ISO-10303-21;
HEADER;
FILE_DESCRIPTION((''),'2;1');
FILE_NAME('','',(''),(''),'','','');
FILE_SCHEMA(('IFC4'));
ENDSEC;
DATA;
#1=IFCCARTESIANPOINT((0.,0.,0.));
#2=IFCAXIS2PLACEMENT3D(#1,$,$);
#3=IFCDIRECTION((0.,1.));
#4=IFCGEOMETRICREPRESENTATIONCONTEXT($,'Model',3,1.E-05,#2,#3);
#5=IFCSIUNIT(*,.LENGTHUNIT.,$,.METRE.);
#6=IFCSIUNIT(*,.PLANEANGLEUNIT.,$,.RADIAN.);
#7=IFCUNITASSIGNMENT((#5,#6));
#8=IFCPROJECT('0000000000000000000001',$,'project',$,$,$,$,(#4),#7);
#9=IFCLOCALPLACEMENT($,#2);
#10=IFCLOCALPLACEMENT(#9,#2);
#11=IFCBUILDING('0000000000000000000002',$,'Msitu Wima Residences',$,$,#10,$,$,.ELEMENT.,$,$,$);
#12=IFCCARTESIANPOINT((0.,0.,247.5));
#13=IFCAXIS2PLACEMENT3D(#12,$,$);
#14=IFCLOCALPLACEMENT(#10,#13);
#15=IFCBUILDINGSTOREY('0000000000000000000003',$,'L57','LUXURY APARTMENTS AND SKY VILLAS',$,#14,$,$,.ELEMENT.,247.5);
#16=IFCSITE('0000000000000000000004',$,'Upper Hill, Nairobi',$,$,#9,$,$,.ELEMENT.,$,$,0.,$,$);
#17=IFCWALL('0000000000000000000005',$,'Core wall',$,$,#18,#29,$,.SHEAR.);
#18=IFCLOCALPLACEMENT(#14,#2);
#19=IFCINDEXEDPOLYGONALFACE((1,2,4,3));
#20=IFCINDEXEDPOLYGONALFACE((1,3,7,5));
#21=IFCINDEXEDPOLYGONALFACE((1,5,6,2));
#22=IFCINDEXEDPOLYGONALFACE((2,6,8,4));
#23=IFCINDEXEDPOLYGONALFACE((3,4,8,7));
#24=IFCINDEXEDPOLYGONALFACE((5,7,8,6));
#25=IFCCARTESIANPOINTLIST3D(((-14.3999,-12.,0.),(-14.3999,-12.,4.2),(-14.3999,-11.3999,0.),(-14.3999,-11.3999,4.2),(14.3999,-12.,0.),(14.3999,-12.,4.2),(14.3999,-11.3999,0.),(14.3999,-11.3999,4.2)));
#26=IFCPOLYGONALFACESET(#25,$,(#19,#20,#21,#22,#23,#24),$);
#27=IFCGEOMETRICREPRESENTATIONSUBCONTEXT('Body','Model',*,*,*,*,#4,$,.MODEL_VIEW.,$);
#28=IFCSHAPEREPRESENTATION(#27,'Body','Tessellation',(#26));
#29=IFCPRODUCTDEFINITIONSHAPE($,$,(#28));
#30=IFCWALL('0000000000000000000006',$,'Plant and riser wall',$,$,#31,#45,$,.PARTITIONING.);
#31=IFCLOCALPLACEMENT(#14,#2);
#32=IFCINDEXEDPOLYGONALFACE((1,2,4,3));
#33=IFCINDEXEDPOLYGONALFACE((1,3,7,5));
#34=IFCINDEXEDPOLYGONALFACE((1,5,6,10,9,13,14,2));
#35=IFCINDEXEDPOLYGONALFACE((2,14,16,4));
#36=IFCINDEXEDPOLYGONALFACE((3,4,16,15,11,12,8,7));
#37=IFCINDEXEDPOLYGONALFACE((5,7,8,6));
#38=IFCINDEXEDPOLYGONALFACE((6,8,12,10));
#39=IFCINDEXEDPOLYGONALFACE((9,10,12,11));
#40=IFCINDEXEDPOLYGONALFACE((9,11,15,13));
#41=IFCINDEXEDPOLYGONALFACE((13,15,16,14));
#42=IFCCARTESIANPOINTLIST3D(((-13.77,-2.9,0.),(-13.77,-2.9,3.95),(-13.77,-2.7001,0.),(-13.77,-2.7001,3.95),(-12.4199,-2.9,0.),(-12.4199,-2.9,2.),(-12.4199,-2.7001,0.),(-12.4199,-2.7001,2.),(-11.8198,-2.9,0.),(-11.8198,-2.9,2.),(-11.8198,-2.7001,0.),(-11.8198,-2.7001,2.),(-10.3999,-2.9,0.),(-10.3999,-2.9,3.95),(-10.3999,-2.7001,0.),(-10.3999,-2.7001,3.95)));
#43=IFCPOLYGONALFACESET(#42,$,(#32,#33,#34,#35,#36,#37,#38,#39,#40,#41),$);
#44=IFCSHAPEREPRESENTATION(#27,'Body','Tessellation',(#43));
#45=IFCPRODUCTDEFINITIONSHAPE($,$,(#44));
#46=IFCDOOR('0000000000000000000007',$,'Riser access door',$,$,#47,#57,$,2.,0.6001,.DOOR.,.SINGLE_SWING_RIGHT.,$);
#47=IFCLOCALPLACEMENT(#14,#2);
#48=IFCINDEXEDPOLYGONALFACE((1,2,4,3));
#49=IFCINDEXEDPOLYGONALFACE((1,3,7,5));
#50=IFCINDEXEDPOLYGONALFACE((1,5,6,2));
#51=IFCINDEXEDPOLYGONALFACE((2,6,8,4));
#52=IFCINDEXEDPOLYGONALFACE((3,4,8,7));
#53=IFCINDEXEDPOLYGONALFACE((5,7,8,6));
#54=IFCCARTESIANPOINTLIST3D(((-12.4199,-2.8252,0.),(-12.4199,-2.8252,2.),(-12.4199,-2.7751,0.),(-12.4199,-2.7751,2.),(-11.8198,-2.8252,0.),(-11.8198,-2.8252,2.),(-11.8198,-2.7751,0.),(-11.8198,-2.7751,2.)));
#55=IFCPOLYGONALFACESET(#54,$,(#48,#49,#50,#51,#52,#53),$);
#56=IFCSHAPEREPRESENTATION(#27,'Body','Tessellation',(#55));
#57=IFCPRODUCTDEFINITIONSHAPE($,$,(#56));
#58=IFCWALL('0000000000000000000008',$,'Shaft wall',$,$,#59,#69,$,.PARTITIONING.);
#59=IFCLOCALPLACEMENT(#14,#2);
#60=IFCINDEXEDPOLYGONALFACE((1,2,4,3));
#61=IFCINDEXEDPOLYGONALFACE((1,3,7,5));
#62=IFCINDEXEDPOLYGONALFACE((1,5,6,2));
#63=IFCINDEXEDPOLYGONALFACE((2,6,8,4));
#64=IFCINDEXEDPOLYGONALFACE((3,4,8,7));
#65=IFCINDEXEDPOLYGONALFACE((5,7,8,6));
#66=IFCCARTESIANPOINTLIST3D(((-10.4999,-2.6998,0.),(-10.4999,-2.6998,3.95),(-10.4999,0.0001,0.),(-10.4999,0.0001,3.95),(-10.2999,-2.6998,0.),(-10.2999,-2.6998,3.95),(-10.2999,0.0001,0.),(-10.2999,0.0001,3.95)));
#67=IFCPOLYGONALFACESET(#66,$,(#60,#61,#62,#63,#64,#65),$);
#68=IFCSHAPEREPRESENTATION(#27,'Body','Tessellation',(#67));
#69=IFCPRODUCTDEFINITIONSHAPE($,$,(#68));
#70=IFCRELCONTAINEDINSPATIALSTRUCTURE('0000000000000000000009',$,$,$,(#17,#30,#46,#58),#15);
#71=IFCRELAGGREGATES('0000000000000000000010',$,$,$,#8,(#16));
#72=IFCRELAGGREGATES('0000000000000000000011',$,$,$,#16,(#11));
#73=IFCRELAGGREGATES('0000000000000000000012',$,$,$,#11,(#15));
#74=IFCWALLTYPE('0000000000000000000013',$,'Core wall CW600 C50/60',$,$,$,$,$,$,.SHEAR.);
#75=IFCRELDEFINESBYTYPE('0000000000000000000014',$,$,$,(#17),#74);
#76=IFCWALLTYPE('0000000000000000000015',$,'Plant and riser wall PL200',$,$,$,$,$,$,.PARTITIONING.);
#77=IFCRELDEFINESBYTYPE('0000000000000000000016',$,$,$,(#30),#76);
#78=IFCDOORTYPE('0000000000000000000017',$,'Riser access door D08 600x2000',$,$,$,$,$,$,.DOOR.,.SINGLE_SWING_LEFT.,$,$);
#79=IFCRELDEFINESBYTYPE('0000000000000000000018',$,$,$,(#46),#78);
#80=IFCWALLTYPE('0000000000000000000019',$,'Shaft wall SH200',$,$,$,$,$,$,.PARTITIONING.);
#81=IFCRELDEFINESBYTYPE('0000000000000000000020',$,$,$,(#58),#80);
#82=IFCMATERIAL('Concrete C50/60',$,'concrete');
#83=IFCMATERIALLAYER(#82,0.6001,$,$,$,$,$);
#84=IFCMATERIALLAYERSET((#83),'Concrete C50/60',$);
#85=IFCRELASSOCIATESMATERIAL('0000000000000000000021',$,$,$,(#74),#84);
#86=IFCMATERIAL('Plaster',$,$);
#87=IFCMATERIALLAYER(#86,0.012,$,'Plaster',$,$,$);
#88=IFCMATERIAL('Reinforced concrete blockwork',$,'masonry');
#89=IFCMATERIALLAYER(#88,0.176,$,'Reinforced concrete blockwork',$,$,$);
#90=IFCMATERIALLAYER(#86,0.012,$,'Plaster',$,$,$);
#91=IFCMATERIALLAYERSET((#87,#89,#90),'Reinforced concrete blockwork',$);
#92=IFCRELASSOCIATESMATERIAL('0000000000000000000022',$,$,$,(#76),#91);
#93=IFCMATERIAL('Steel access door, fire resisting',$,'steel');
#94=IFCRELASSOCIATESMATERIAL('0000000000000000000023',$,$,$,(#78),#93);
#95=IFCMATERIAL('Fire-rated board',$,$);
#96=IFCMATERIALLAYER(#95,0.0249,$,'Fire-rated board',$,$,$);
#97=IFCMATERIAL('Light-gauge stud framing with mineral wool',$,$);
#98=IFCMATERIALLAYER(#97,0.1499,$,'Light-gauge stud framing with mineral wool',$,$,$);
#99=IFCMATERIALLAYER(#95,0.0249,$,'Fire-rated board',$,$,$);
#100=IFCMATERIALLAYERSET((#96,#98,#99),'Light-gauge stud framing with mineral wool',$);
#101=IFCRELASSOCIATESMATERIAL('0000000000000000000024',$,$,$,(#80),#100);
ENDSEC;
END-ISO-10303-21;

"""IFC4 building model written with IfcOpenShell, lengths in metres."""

from ifc_helpers import new_model, si_unit, direction, frame, frame_2d, origin, place, context, subcontext, project, spatial, rectangle, extrude, material, layer, layer_set, type_object, element, fill, save


model = new_model("IFC4")

# Units and contexts
model_context = context("Model", 3, precision=1e-05, world=origin(), true_north=direction((0.0, 1.0)))
body_context = subcontext(model_context, "Body", "Model", "MODEL_VIEW")
ifc_project = project(units=[si_unit("LENGTHUNIT", "METRE"), si_unit("PLANEANGLEUNIT", "RADIAN")], contexts=[model_context])

# Site, building, storey
site_placement = place(None, origin())
site = spatial("IfcSite", under=ifc_project, at=site_placement, Name="Upper Hill, Nairobi", CompositionType="ELEMENT", RefElevation=0.0)
building_placement = place(site_placement, origin())
building = spatial("IfcBuilding", under=site, at=building_placement, Name="Msitu Wima Residences", CompositionType="ELEMENT")
storey_placement = place(building_placement, frame((0.0, 0.0, 247.5)))
storey = spatial("IfcBuildingStorey", under=building, at=storey_placement, Name="L57", Description="LUXURY APARTMENTS AND SKY VILLAS", CompositionType="ELEMENT", Elevation=247.5)

# Wall
ifc_material_1 = material(Name="Concrete C50/60", Category="concrete")
ifc_layer_1 = layer(ifc_material_1, 0.6001)
ifc_layer_set_1 = layer_set([ifc_layer_1], Name="Concrete C50/60")
wall_type_1 = type_object("IfcWallType", Name="Core wall CW600 C50/60", PredefinedType="SHEAR", material=ifc_layer_set_1)
wall_1_placement = place(storey_placement, frame((-14.3999, -11.7, 0.0), z_axis=(0.0, 0.0, 1.0), x_axis=(1.0, 0.0, 0.0)))
element("IfcWall", 1, at=wall_1_placement, inside=storey, type_object=wall_type_1, Name="Core wall", PredefinedType="SHEAR", context=body_context, shape_type="SweptSolid", body=[
    extrude(rectangle(XDim=28.7998, YDim=0.6001, at=frame_2d((14.3999, 0.0))), origin(), (0.0, 0.0, 1.0), 4.2),
])

# Wall, opening, door
ifc_material_2 = material(Name="Plaster")
ifc_layer_2 = layer(ifc_material_2, 0.012, Name="Plaster")
ifc_material_3 = material(Name="Reinforced concrete blockwork", Category="masonry")
ifc_layer_3 = layer(ifc_material_3, 0.176, Name="Reinforced concrete blockwork")
ifc_layer_4 = layer(ifc_material_2, 0.012, Name="Plaster")
ifc_layer_set_2 = layer_set([ifc_layer_2, ifc_layer_3, ifc_layer_4], Name="Reinforced concrete blockwork")
wall_type_2 = type_object("IfcWallType", Name="Plant and riser wall PL200", PredefinedType="PARTITIONING", material=ifc_layer_set_2)
wall_2_placement = place(storey_placement, frame((-13.77, -2.8, 0.0), z_axis=(0.0, 0.0, 1.0), x_axis=(1.0, 0.0, 0.0)))
wall_2 = element("IfcWall", 2, at=wall_2_placement, inside=storey, type_object=wall_type_2, Name="Plant and riser wall", PredefinedType="PARTITIONING", context=body_context, shape_type="SweptSolid", body=[
    extrude(rectangle(XDim=3.3701, YDim=0.2, at=frame_2d((1.6851, 0.0))), origin(), (0.0, 0.0, 1.0), 3.95),
])
opening_1_placement = place(wall_2_placement, frame((1.3501, 0.0, 0.0)))
opening_1 = element("IfcOpeningElement", 3, at=opening_1_placement, cuts=wall_2, PredefinedType="OPENING", context=body_context, shape_type="SweptSolid", body=[
    extrude(rectangle(XDim=0.6001, YDim=2.0, at=frame_2d((0.3, 1.0))), frame((0.0, 0.1099, 0.0), z_axis=(0.0, -1.0, 0.0), x_axis=(1.0, 0.0, 0.0)), (0.0, 0.0, 1.0), 0.22),
])
ifc_material_4 = material(Name="Steel access door, fire resisting", Category="steel")
door_type_1 = type_object("IfcDoorType", Name="Riser access door D08 600x2000", OperationType="SINGLE_SWING_LEFT", PredefinedType="DOOR", material=ifc_material_4)
door_1_placement = place(opening_1_placement, origin())
door_1 = element("IfcDoor", 4, at=door_1_placement, inside=storey, type_object=door_type_1, Name="Riser access door", OperationType="SINGLE_SWING_RIGHT", OverallHeight=2.0, OverallWidth=0.6001, PredefinedType="DOOR", context=body_context, shape_type="SweptSolid", body=[
    extrude(rectangle(XDim=0.6001, YDim=2.0, at=frame_2d((0.3, 1.0))), frame((0.0, 0.0249, 0.0), z_axis=(0.0, -1.0, 0.0), x_axis=(1.0, 0.0, 0.0)), (0.0, 0.0, 1.0), 0.05),
])
fill(opening_1, door_1)

# Wall
ifc_material_5 = material(Name="Fire-rated board")
ifc_layer_5 = layer(ifc_material_5, 0.0249, Name="Fire-rated board")
ifc_material_6 = material(Name="Light-gauge stud framing with mineral wool")
ifc_layer_6 = layer(ifc_material_6, 0.1499, Name="Light-gauge stud framing with mineral wool")
ifc_layer_7 = layer(ifc_material_5, 0.0249, Name="Fire-rated board")
ifc_layer_set_3 = layer_set([ifc_layer_5, ifc_layer_6, ifc_layer_7], Name="Light-gauge stud framing with mineral wool")
wall_type_3 = type_object("IfcWallType", Name="Shaft wall SH200", PredefinedType="PARTITIONING", material=ifc_layer_set_3)
wall_3_placement = place(storey_placement, frame((-10.3999, -2.7, 0.0), z_axis=(0.0, 0.0, 1.0), x_axis=(0.0, 1.0, 0.0)))
element("IfcWall", 5, at=wall_3_placement, inside=storey, type_object=wall_type_3, Name="Shaft wall", PredefinedType="PARTITIONING", context=body_context, shape_type="SweptSolid", body=[
    extrude(rectangle(XDim=2.7, YDim=0.2, at=frame_2d((1.3501, 0.0))), origin(), (0.0, 0.0, 1.0), 3.95),
])

save(model, "model.ifc")
